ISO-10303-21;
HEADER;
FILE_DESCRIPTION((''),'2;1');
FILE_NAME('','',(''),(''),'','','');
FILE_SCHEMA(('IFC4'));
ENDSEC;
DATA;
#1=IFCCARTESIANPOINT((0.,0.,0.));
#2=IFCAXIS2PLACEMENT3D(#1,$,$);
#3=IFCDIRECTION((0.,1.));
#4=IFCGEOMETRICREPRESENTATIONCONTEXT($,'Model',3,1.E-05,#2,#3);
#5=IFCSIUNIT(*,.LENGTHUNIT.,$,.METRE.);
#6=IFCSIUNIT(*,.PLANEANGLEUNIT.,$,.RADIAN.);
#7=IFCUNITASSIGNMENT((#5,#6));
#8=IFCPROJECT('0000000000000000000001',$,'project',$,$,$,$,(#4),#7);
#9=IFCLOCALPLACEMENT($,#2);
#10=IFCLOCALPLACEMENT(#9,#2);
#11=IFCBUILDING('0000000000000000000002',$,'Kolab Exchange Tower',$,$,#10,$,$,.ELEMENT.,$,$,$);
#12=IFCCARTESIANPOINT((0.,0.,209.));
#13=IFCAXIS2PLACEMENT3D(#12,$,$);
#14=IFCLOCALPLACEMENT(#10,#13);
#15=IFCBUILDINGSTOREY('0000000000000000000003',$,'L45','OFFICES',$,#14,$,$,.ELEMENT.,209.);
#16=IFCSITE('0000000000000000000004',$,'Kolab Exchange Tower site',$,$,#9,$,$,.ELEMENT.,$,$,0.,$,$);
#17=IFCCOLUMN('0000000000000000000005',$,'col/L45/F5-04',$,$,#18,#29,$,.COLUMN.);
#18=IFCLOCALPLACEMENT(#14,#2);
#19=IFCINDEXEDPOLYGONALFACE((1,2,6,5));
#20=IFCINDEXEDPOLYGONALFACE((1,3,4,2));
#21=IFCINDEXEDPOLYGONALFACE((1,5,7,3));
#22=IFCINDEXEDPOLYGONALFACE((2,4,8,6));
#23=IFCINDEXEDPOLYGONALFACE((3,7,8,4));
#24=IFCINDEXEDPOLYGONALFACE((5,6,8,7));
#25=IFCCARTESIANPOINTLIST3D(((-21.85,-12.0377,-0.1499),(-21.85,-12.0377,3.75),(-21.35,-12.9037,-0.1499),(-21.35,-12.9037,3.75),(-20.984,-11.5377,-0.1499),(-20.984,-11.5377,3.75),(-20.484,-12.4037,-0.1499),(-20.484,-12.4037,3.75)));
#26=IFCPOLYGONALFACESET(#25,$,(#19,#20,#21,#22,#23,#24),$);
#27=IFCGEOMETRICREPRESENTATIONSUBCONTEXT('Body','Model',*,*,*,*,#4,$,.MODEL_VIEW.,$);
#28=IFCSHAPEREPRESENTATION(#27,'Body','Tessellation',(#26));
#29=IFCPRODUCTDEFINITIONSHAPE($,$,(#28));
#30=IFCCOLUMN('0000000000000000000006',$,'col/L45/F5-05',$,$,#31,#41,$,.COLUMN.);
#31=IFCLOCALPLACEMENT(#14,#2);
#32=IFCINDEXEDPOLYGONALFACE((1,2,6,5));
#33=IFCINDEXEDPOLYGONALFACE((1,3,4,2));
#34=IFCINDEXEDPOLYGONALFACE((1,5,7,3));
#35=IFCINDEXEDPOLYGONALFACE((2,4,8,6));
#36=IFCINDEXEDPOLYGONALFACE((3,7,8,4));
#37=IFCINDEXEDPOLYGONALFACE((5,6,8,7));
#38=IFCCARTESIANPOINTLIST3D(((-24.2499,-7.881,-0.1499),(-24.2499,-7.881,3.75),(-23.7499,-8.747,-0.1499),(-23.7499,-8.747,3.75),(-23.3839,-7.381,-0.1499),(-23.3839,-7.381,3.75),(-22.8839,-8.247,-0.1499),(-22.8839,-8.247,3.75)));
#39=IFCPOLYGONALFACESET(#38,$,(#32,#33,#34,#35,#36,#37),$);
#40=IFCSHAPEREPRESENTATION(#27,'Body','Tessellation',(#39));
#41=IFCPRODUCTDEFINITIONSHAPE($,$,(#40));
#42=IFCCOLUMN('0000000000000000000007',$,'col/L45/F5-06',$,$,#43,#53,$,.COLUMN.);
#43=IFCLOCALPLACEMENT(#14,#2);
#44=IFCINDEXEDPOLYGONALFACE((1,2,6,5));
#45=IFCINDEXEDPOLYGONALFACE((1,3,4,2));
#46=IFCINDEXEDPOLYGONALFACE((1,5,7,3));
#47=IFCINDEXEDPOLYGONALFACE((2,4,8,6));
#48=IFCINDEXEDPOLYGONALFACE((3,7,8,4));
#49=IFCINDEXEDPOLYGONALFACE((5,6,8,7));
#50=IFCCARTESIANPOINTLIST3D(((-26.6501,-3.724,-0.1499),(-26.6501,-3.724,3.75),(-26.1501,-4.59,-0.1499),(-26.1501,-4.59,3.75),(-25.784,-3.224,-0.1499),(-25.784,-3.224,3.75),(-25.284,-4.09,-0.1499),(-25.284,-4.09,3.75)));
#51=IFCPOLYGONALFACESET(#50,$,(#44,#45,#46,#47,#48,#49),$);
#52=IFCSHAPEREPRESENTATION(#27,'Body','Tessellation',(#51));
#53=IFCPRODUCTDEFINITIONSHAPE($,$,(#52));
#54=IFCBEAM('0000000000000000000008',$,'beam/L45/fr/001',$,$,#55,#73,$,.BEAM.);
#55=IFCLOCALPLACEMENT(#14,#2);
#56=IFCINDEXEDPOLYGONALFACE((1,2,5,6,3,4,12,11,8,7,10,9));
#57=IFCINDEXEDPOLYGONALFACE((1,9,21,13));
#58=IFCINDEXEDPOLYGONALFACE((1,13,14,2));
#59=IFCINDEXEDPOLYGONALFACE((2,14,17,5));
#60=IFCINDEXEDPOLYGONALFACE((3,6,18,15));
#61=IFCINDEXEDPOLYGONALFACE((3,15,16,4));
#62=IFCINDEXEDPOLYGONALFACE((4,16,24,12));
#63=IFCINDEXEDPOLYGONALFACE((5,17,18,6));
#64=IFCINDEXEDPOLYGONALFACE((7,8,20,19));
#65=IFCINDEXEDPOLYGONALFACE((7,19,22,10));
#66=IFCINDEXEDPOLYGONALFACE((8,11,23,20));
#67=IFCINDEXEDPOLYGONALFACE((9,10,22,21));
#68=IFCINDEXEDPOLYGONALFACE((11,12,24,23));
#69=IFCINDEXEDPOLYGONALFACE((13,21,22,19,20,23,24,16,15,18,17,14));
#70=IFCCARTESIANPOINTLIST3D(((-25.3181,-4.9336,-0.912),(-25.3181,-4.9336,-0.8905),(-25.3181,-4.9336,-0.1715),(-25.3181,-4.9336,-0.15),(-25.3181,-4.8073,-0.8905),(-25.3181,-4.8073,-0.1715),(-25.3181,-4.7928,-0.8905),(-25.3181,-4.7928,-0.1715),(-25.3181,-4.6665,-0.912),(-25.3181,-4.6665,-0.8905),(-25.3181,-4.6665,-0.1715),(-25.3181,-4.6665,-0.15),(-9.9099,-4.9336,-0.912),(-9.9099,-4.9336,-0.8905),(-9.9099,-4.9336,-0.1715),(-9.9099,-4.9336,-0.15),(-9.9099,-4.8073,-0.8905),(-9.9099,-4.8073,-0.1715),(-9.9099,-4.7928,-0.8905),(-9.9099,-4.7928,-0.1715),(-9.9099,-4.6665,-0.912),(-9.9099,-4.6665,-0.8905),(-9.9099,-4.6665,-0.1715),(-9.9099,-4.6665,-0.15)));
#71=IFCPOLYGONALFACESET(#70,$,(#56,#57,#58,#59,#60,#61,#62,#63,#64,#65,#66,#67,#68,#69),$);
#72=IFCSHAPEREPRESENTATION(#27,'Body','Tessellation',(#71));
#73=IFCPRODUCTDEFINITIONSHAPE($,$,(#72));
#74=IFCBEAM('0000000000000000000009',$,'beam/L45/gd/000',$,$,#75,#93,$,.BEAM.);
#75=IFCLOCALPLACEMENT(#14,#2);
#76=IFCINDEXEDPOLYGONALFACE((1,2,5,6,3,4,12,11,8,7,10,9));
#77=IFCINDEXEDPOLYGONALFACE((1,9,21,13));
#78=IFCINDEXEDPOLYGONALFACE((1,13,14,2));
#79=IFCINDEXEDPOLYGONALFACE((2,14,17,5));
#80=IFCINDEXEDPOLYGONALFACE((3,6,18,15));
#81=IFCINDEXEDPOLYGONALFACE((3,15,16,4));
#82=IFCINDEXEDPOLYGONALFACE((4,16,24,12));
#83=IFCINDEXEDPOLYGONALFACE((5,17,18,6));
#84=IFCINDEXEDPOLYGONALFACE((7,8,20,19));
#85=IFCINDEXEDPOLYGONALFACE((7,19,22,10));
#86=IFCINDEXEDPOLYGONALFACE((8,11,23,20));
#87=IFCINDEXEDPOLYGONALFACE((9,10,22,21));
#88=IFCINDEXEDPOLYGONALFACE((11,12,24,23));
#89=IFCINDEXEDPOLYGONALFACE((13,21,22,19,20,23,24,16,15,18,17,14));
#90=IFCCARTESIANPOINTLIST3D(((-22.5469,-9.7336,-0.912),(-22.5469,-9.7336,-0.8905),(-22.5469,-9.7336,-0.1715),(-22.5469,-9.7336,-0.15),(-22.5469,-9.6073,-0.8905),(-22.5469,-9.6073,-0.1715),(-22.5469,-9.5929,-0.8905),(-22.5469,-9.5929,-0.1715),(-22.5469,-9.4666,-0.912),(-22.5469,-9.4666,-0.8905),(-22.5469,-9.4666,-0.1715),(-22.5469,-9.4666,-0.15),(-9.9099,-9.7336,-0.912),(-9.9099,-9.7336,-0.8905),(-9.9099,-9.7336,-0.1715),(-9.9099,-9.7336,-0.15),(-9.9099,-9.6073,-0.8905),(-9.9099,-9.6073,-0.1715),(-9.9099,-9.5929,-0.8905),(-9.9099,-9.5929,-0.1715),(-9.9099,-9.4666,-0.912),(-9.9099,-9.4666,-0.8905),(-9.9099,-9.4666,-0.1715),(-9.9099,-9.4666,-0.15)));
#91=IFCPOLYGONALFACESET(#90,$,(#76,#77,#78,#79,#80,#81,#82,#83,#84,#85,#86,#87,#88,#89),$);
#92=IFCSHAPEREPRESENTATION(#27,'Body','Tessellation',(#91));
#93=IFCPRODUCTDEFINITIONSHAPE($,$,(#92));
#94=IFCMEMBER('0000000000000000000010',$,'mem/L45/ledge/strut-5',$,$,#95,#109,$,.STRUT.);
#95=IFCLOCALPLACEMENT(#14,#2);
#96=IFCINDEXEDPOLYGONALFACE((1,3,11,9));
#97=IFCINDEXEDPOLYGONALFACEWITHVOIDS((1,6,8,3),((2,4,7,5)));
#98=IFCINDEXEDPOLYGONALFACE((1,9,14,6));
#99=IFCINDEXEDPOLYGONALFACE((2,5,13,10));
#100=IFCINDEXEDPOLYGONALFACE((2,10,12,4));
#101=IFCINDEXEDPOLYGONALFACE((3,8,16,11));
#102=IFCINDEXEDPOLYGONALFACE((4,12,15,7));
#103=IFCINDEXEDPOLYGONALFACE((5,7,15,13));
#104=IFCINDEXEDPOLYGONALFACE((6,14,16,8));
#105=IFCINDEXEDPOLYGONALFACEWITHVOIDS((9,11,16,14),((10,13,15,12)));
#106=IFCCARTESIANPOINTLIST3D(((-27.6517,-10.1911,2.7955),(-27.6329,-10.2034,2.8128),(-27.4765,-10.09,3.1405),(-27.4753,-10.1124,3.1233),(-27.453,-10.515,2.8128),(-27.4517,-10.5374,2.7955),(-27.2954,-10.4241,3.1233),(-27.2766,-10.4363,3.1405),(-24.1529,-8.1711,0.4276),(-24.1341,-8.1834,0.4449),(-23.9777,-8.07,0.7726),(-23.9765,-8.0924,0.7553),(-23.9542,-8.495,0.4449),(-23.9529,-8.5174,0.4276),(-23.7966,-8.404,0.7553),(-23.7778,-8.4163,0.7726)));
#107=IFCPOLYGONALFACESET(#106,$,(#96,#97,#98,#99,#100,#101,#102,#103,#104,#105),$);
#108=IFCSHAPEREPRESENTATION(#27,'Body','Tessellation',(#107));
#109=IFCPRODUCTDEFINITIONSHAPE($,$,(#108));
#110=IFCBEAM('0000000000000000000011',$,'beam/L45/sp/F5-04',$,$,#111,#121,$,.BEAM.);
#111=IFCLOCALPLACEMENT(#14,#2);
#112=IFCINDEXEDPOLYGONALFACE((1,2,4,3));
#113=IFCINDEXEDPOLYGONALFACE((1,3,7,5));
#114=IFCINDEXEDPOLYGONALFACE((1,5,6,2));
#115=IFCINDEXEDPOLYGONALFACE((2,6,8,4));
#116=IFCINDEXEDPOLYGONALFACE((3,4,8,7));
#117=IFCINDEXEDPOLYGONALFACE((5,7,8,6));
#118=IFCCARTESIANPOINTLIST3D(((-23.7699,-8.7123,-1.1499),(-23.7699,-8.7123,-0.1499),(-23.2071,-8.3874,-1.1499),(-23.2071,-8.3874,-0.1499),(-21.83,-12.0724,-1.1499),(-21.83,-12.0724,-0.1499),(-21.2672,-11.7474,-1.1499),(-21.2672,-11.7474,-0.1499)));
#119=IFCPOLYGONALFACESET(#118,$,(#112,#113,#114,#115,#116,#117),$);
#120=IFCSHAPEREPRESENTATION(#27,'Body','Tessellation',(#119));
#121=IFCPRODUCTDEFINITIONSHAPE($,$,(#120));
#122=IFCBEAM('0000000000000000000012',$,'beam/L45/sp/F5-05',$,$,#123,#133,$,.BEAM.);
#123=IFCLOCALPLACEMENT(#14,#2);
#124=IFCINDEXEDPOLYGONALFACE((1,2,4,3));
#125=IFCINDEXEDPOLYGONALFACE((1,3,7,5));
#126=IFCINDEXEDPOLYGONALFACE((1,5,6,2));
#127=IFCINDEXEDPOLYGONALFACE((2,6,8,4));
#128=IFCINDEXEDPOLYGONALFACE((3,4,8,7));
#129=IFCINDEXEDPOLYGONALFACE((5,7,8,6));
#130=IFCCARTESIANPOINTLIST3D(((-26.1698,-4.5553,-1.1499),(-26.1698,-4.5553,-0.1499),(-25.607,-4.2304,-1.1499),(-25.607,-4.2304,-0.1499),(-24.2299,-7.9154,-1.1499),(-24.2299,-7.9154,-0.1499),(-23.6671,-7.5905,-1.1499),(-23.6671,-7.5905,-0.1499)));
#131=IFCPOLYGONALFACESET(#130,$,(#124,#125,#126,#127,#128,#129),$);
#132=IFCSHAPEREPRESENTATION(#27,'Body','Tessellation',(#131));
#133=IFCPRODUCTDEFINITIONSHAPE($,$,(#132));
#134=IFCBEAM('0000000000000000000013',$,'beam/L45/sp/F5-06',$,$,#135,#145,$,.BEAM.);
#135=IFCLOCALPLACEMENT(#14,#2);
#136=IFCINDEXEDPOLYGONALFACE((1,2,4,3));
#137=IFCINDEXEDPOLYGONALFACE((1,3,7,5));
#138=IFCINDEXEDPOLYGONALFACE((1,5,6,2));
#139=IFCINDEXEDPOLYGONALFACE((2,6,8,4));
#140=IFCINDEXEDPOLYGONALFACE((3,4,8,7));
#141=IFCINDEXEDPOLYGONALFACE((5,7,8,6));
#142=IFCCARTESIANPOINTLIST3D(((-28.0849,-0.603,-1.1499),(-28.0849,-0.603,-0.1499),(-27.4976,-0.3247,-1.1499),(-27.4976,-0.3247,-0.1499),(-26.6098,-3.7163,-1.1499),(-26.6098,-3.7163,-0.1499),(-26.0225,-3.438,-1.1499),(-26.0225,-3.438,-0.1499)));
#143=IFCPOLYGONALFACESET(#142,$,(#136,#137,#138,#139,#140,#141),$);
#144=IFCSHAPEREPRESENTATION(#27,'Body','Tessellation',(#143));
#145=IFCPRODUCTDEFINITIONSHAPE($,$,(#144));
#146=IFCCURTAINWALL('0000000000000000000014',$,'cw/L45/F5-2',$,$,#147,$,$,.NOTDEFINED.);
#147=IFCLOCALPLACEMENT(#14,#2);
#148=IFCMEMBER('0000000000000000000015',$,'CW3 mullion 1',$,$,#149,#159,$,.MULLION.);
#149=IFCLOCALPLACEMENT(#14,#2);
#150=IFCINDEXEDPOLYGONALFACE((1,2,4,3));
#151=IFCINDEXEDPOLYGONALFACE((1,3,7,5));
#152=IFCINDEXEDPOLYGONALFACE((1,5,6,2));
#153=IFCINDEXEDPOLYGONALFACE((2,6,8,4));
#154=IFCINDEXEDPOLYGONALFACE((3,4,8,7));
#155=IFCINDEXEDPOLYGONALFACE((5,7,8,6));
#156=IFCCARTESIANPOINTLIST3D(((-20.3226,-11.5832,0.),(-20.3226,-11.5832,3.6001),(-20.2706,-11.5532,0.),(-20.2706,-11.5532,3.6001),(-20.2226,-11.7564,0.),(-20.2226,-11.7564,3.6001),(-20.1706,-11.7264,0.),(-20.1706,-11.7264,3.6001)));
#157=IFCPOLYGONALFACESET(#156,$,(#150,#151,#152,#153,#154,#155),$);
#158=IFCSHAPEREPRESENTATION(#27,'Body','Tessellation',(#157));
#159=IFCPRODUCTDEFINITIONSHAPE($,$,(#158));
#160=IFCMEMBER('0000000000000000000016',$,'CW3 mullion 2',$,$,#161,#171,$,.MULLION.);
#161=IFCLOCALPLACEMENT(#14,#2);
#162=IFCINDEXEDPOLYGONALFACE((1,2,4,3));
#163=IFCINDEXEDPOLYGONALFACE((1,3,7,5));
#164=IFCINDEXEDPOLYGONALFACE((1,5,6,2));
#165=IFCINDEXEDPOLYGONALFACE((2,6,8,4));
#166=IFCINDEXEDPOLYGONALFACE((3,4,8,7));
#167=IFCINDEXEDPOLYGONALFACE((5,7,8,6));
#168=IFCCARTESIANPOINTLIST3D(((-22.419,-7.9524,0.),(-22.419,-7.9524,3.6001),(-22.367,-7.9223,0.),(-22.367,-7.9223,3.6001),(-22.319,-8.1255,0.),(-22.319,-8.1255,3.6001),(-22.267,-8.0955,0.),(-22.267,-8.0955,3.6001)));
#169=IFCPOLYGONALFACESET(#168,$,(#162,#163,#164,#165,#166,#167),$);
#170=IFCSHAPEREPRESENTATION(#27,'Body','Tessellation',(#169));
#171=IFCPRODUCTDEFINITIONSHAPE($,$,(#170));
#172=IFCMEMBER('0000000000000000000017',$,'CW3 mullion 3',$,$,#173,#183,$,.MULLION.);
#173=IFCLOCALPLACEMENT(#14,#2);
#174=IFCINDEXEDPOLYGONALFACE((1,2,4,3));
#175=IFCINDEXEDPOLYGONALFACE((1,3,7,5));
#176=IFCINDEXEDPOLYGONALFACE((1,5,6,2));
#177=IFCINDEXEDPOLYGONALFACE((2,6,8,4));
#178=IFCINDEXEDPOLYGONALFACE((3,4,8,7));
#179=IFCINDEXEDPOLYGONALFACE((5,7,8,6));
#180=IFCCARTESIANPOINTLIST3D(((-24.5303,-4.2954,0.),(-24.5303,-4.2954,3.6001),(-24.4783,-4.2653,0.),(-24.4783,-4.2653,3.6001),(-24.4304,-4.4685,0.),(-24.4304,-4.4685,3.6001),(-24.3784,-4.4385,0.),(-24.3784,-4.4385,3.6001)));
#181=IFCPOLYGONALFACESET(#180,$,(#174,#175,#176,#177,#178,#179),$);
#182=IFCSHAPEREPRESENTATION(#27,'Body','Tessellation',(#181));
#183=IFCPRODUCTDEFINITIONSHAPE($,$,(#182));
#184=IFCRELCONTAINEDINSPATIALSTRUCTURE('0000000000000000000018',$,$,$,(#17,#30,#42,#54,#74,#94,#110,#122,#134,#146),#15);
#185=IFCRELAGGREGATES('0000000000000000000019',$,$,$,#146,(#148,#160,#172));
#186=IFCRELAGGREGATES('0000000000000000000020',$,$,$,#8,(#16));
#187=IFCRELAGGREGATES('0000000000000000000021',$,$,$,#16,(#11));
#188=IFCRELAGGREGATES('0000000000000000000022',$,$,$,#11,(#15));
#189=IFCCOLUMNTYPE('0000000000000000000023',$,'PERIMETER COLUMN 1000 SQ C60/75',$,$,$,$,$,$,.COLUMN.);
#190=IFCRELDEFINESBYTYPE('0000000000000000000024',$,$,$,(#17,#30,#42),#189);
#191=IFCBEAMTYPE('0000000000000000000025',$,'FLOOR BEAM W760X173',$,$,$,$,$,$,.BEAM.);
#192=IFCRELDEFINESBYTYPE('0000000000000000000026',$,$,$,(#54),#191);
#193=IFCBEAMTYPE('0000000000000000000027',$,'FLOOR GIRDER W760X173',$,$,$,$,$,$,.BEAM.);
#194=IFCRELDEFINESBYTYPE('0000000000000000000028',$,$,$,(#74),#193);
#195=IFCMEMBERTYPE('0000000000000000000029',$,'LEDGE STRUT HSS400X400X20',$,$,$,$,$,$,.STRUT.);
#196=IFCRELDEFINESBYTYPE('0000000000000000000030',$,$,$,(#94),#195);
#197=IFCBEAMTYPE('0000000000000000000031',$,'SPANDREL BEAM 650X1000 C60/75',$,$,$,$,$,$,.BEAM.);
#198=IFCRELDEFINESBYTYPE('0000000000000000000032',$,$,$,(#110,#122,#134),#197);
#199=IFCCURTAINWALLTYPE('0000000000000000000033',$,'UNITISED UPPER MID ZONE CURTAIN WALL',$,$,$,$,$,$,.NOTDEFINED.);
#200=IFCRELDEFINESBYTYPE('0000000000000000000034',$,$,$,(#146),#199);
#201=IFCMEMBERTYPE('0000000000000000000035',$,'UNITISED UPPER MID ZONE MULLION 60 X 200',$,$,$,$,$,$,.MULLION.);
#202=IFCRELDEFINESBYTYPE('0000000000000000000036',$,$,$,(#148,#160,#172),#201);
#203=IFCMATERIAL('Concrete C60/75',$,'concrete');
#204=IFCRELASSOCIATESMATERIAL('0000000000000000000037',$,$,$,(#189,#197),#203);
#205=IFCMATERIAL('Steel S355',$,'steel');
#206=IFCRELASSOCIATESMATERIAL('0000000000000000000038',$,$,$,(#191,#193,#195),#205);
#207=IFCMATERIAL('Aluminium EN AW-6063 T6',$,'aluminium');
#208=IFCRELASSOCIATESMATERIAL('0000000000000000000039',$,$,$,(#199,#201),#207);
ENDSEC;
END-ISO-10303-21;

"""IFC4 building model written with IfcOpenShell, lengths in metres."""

from ifc_helpers import new_model, si_unit, direction, frame, origin, origin_2d, place, context, subcontext, project, spatial, rectangle, hollow_rectangle, i_section, extrude, material, material_profile, profile_set, type_object, element, aggregate, save


model = new_model("IFC4")

# Units and contexts
model_context = context("Model", 3, precision=1e-05, world=origin(), true_north=direction((0.0, 1.0)))
body_context = subcontext(model_context, "Body", "Model", "MODEL_VIEW")
ifc_project = project(units=[si_unit("LENGTHUNIT", "METRE"), si_unit("PLANEANGLEUNIT", "RADIAN")], contexts=[model_context])

# Site, building, storey
site_placement = place(None, origin())
site = spatial("IfcSite", under=ifc_project, at=site_placement, Name="Kolab Exchange Tower site", CompositionType="ELEMENT", RefElevation=0.0)
building_placement = place(site_placement, origin())
building = spatial("IfcBuilding", under=site, at=building_placement, Name="Kolab Exchange Tower", CompositionType="ELEMENT")
storey_placement = place(building_placement, frame((0.0, 0.0, 209.0)))
storey = spatial("IfcBuildingStorey", under=building, at=storey_placement, Name="L45", Description="OFFICES", CompositionType="ELEMENT", Elevation=209.0)

# Columns
ifc_material_1 = material(Name="Concrete C60/75", Category="concrete")
ifc_material_profile_1 = material_profile(ifc_material_1, rectangle(XDim=1.0, YDim=1.0, at=origin_2d()), Name="RC1000")
ifc_profile_set_1 = profile_set([ifc_material_profile_1], Name="Concrete C60/75")
column_type = type_object("IfcColumnType", Name="PERIMETER COLUMN 1000 SQ C60/75", PredefinedType="COLUMN", material=ifc_profile_set_1)
for number, where, z_axis, x_axis, name in (
    (1, (-21.167, -12.2207, -0.1499), (0.0, 0.0, 1.0), (0.866025, 0.5, 0.0), "col/L45/F5-04"),
    (2, (-23.5669, -8.064, -0.1499), (0.0, 0.0, 1.0), (0.866025, 0.5, 0.0), "col/L45/F5-05"),
    (3, (-25.967, -3.907, -0.1499), (0.0, 0.0, 1.0), (0.866025, 0.5, 0.0), "col/L45/F5-06"),
):
    element("IfcColumn", number, at=place(storey_placement, frame(where, z_axis=z_axis, x_axis=x_axis)), inside=storey, type_object=column_type, Name=name, PredefinedType="COLUMN", context=body_context, shape_type="SweptSolid", body=[
        extrude(rectangle(XDim=1.0, YDim=1.0, at=origin_2d()), origin(), (0.0, 0.0, 1.0), 3.8999),
    ])

# Beams
ifc_material_2 = material(Name="Steel S355", Category="steel")
ifc_material_profile_2 = material_profile(ifc_material_2, i_section(OverallWidth=0.2671, OverallDepth=0.762, WebThickness=0.0144, FlangeThickness=0.0215, at=origin_2d()), Name="W760X173")
ifc_profile_set_2 = profile_set([ifc_material_profile_2], Name="Steel S355")
beam_type_1 = type_object("IfcBeamType", Name="FLOOR BEAM W760X173", PredefinedType="BEAM", material=ifc_profile_set_2)
beam_1_placement = place(storey_placement, frame((-25.3181, -4.8, -0.531), z_axis=(1.0, 0.0, 0.0), x_axis=(0.0, 1.0, 0.0)))
element("IfcBeam", 4, at=beam_1_placement, inside=storey, type_object=beam_type_1, Name="beam/L45/fr/001", PredefinedType="BEAM", context=body_context, shape_type="SweptSolid", body=[
    extrude(i_section(OverallWidth=0.2671, OverallDepth=0.762, WebThickness=0.0144, FlangeThickness=0.0215, at=origin_2d()), origin(), (0.0, 0.0, 1.0), 15.4082),
])
ifc_material_profile_3 = material_profile(ifc_material_2, i_section(OverallWidth=0.2671, OverallDepth=0.762, WebThickness=0.0144, FlangeThickness=0.0215, at=origin_2d()), Name="W760X173")
ifc_profile_set_3 = profile_set([ifc_material_profile_3], Name="Steel S355")
beam_type_2 = type_object("IfcBeamType", Name="FLOOR GIRDER W760X173", PredefinedType="BEAM", material=ifc_profile_set_3)
beam_2_placement = place(storey_placement, frame((-22.5469, -9.6001, -0.531), z_axis=(1.0, 0.0, 0.0), x_axis=(0.0, 1.0, 0.0)))
element("IfcBeam", 5, at=beam_2_placement, inside=storey, type_object=beam_type_2, Name="beam/L45/gd/000", PredefinedType="BEAM", context=body_context, shape_type="SweptSolid", body=[
    extrude(i_section(OverallWidth=0.2671, OverallDepth=0.762, WebThickness=0.0144, FlangeThickness=0.0215, at=origin_2d()), origin(), (0.0, 0.0, 1.0), 12.637),
])

# Member
ifc_material_profile_4 = material_profile(ifc_material_2, hollow_rectangle(XDim=0.3999, YDim=0.3999, WallThickness=0.02, at=origin_2d()), Name="HSS400X400X20")
ifc_profile_set_4 = profile_set([ifc_material_profile_4], Name="Steel S355")
member_type_1 = type_object("IfcMemberType", Name="LEDGE STRUT HSS400X400X20", PredefinedType="STRUT", material=ifc_profile_set_4)
member_1_placement = place(storey_placement, frame((-23.9653, -8.2937, 0.6001), z_axis=(-0.747149, -0.431366, 0.505659), x_axis=(0.5, -0.866026, 0.0)))
element("IfcMember", 6, at=member_1_placement, inside=storey, type_object=member_type_1, Name="mem/L45/ledge/strut-5", PredefinedType="STRUT", context=body_context, shape_type="SweptSolid", body=[
    extrude(hollow_rectangle(XDim=0.3999, YDim=0.3999, WallThickness=0.02, at=origin_2d()), origin(), (0.0, 0.0, 1.0), 4.6829),
])

# Beams
ifc_material_profile_5 = material_profile(ifc_material_1, rectangle(XDim=0.6499, YDim=1.0, at=origin_2d()), Name="RC650X1000")
ifc_profile_set_5 = profile_set([ifc_material_profile_5], Name="Concrete C60/75")
beam_type_3 = type_object("IfcBeamType", Name="SPANDREL BEAM 650X1000 C60/75", PredefinedType="BEAM", material=ifc_profile_set_5)
for number, where, z_axis, x_axis, name in (
    (7, (-21.5486, -11.9099, -0.6499), (-0.499997, 0.866027, 0.0), (-0.866027, -0.499997, 0.0), "beam/L45/sp/F5-04"),
    (8, (-23.9485, -7.7529, -0.6499), (-0.499997, 0.866027, 0.0), (-0.866027, -0.499997, 0.0), "beam/L45/sp/F5-05"),
):
    element("IfcBeam", number, at=place(storey_placement, frame(where, z_axis=z_axis, x_axis=x_axis)), inside=storey, type_object=beam_type_3, Name=name, PredefinedType="BEAM", context=body_context, shape_type="SweptSolid", body=[
        extrude(rectangle(XDim=0.6499, YDim=1.0, at=origin_2d()), origin(), (0.0, 0.0, 1.0), 3.8799),
    ])
beam_3_placement = place(storey_placement, frame((-26.3162, -3.5771, -0.6499), z_axis=(-0.428178, 0.903695, 0.0), x_axis=(-0.903695, -0.428178, 0.0)))
element("IfcBeam", 9, at=beam_3_placement, inside=storey, type_object=beam_type_3, Name="beam/L45/sp/F5-06", PredefinedType="BEAM", context=body_context, shape_type="SweptSolid", body=[
    extrude(rectangle(XDim=0.6499, YDim=1.0, at=origin_2d()), origin(), (0.0, 0.0, 1.0), 3.4451),
])

# Curtain wall, members
ifc_material_3 = material(Name="Aluminium EN AW-6063 T6", Category="aluminium")
curtain_wall_type = type_object("IfcCurtainWallType", Name="UNITISED UPPER MID ZONE CURTAIN WALL", PredefinedType="NOTDEFINED", material=ifc_material_3)
curtain_wall_placement = place(storey_placement, origin())
curtain_wall = element("IfcCurtainWall", 10, at=curtain_wall_placement, inside=storey, type_object=curtain_wall_type, Name="cw/L45/F5-2", PredefinedType="NOTDEFINED")
ifc_material_profile_6 = material_profile(ifc_material_3, rectangle(XDim=0.0601, YDim=0.2, at=origin_2d()), Name="RECT 60X200")
ifc_profile_set_6 = profile_set([ifc_material_profile_6], Name="Aluminium EN AW-6063 T6")
member_type_2 = type_object("IfcMemberType", Name="UNITISED UPPER MID ZONE MULLION 60 X 200", PredefinedType="MULLION", material=ifc_profile_set_6)
member_2_placement = place(storey_placement, frame((-20.2466, -11.6548, 0.0), z_axis=(0.0, 0.0, 1.0), x_axis=(-0.866025, -0.5, 0.0)))
member_2 = element("IfcMember", 11, at=member_2_placement, type_object=member_type_2, Name="CW3 mullion 1", PredefinedType="MULLION", context=body_context, shape_type="SweptSolid", body=[
    extrude(rectangle(XDim=0.0601, YDim=0.2, at=origin_2d()), origin(), (0.0, 0.0, 1.0), 3.6001),
])
member_3_placement = place(storey_placement, frame((-22.343, -8.0239, 0.0), z_axis=(0.0, 0.0, 1.0), x_axis=(-0.866025, -0.5, 0.0)))
member_3 = element("IfcMember", 12, at=member_3_placement, type_object=member_type_2, Name="CW3 mullion 2", PredefinedType="MULLION", context=body_context, shape_type="SweptSolid", body=[
    extrude(rectangle(XDim=0.0601, YDim=0.2, at=origin_2d()), origin(), (0.0, 0.0, 1.0), 3.6001),
])
member_4_placement = place(storey_placement, frame((-24.4543, -4.3669, 0.0), z_axis=(0.0, 0.0, 1.0), x_axis=(-0.866025, -0.5, 0.0)))
member_4 = element("IfcMember", 13, at=member_4_placement, type_object=member_type_2, Name="CW3 mullion 3", PredefinedType="MULLION", context=body_context, shape_type="SweptSolid", body=[
    extrude(rectangle(XDim=0.0601, YDim=0.2, at=origin_2d()), origin(), (0.0, 0.0, 1.0), 3.6001),
])
aggregate(curtain_wall, [member_2, member_3, member_4])

save(model, "model.ifc")
